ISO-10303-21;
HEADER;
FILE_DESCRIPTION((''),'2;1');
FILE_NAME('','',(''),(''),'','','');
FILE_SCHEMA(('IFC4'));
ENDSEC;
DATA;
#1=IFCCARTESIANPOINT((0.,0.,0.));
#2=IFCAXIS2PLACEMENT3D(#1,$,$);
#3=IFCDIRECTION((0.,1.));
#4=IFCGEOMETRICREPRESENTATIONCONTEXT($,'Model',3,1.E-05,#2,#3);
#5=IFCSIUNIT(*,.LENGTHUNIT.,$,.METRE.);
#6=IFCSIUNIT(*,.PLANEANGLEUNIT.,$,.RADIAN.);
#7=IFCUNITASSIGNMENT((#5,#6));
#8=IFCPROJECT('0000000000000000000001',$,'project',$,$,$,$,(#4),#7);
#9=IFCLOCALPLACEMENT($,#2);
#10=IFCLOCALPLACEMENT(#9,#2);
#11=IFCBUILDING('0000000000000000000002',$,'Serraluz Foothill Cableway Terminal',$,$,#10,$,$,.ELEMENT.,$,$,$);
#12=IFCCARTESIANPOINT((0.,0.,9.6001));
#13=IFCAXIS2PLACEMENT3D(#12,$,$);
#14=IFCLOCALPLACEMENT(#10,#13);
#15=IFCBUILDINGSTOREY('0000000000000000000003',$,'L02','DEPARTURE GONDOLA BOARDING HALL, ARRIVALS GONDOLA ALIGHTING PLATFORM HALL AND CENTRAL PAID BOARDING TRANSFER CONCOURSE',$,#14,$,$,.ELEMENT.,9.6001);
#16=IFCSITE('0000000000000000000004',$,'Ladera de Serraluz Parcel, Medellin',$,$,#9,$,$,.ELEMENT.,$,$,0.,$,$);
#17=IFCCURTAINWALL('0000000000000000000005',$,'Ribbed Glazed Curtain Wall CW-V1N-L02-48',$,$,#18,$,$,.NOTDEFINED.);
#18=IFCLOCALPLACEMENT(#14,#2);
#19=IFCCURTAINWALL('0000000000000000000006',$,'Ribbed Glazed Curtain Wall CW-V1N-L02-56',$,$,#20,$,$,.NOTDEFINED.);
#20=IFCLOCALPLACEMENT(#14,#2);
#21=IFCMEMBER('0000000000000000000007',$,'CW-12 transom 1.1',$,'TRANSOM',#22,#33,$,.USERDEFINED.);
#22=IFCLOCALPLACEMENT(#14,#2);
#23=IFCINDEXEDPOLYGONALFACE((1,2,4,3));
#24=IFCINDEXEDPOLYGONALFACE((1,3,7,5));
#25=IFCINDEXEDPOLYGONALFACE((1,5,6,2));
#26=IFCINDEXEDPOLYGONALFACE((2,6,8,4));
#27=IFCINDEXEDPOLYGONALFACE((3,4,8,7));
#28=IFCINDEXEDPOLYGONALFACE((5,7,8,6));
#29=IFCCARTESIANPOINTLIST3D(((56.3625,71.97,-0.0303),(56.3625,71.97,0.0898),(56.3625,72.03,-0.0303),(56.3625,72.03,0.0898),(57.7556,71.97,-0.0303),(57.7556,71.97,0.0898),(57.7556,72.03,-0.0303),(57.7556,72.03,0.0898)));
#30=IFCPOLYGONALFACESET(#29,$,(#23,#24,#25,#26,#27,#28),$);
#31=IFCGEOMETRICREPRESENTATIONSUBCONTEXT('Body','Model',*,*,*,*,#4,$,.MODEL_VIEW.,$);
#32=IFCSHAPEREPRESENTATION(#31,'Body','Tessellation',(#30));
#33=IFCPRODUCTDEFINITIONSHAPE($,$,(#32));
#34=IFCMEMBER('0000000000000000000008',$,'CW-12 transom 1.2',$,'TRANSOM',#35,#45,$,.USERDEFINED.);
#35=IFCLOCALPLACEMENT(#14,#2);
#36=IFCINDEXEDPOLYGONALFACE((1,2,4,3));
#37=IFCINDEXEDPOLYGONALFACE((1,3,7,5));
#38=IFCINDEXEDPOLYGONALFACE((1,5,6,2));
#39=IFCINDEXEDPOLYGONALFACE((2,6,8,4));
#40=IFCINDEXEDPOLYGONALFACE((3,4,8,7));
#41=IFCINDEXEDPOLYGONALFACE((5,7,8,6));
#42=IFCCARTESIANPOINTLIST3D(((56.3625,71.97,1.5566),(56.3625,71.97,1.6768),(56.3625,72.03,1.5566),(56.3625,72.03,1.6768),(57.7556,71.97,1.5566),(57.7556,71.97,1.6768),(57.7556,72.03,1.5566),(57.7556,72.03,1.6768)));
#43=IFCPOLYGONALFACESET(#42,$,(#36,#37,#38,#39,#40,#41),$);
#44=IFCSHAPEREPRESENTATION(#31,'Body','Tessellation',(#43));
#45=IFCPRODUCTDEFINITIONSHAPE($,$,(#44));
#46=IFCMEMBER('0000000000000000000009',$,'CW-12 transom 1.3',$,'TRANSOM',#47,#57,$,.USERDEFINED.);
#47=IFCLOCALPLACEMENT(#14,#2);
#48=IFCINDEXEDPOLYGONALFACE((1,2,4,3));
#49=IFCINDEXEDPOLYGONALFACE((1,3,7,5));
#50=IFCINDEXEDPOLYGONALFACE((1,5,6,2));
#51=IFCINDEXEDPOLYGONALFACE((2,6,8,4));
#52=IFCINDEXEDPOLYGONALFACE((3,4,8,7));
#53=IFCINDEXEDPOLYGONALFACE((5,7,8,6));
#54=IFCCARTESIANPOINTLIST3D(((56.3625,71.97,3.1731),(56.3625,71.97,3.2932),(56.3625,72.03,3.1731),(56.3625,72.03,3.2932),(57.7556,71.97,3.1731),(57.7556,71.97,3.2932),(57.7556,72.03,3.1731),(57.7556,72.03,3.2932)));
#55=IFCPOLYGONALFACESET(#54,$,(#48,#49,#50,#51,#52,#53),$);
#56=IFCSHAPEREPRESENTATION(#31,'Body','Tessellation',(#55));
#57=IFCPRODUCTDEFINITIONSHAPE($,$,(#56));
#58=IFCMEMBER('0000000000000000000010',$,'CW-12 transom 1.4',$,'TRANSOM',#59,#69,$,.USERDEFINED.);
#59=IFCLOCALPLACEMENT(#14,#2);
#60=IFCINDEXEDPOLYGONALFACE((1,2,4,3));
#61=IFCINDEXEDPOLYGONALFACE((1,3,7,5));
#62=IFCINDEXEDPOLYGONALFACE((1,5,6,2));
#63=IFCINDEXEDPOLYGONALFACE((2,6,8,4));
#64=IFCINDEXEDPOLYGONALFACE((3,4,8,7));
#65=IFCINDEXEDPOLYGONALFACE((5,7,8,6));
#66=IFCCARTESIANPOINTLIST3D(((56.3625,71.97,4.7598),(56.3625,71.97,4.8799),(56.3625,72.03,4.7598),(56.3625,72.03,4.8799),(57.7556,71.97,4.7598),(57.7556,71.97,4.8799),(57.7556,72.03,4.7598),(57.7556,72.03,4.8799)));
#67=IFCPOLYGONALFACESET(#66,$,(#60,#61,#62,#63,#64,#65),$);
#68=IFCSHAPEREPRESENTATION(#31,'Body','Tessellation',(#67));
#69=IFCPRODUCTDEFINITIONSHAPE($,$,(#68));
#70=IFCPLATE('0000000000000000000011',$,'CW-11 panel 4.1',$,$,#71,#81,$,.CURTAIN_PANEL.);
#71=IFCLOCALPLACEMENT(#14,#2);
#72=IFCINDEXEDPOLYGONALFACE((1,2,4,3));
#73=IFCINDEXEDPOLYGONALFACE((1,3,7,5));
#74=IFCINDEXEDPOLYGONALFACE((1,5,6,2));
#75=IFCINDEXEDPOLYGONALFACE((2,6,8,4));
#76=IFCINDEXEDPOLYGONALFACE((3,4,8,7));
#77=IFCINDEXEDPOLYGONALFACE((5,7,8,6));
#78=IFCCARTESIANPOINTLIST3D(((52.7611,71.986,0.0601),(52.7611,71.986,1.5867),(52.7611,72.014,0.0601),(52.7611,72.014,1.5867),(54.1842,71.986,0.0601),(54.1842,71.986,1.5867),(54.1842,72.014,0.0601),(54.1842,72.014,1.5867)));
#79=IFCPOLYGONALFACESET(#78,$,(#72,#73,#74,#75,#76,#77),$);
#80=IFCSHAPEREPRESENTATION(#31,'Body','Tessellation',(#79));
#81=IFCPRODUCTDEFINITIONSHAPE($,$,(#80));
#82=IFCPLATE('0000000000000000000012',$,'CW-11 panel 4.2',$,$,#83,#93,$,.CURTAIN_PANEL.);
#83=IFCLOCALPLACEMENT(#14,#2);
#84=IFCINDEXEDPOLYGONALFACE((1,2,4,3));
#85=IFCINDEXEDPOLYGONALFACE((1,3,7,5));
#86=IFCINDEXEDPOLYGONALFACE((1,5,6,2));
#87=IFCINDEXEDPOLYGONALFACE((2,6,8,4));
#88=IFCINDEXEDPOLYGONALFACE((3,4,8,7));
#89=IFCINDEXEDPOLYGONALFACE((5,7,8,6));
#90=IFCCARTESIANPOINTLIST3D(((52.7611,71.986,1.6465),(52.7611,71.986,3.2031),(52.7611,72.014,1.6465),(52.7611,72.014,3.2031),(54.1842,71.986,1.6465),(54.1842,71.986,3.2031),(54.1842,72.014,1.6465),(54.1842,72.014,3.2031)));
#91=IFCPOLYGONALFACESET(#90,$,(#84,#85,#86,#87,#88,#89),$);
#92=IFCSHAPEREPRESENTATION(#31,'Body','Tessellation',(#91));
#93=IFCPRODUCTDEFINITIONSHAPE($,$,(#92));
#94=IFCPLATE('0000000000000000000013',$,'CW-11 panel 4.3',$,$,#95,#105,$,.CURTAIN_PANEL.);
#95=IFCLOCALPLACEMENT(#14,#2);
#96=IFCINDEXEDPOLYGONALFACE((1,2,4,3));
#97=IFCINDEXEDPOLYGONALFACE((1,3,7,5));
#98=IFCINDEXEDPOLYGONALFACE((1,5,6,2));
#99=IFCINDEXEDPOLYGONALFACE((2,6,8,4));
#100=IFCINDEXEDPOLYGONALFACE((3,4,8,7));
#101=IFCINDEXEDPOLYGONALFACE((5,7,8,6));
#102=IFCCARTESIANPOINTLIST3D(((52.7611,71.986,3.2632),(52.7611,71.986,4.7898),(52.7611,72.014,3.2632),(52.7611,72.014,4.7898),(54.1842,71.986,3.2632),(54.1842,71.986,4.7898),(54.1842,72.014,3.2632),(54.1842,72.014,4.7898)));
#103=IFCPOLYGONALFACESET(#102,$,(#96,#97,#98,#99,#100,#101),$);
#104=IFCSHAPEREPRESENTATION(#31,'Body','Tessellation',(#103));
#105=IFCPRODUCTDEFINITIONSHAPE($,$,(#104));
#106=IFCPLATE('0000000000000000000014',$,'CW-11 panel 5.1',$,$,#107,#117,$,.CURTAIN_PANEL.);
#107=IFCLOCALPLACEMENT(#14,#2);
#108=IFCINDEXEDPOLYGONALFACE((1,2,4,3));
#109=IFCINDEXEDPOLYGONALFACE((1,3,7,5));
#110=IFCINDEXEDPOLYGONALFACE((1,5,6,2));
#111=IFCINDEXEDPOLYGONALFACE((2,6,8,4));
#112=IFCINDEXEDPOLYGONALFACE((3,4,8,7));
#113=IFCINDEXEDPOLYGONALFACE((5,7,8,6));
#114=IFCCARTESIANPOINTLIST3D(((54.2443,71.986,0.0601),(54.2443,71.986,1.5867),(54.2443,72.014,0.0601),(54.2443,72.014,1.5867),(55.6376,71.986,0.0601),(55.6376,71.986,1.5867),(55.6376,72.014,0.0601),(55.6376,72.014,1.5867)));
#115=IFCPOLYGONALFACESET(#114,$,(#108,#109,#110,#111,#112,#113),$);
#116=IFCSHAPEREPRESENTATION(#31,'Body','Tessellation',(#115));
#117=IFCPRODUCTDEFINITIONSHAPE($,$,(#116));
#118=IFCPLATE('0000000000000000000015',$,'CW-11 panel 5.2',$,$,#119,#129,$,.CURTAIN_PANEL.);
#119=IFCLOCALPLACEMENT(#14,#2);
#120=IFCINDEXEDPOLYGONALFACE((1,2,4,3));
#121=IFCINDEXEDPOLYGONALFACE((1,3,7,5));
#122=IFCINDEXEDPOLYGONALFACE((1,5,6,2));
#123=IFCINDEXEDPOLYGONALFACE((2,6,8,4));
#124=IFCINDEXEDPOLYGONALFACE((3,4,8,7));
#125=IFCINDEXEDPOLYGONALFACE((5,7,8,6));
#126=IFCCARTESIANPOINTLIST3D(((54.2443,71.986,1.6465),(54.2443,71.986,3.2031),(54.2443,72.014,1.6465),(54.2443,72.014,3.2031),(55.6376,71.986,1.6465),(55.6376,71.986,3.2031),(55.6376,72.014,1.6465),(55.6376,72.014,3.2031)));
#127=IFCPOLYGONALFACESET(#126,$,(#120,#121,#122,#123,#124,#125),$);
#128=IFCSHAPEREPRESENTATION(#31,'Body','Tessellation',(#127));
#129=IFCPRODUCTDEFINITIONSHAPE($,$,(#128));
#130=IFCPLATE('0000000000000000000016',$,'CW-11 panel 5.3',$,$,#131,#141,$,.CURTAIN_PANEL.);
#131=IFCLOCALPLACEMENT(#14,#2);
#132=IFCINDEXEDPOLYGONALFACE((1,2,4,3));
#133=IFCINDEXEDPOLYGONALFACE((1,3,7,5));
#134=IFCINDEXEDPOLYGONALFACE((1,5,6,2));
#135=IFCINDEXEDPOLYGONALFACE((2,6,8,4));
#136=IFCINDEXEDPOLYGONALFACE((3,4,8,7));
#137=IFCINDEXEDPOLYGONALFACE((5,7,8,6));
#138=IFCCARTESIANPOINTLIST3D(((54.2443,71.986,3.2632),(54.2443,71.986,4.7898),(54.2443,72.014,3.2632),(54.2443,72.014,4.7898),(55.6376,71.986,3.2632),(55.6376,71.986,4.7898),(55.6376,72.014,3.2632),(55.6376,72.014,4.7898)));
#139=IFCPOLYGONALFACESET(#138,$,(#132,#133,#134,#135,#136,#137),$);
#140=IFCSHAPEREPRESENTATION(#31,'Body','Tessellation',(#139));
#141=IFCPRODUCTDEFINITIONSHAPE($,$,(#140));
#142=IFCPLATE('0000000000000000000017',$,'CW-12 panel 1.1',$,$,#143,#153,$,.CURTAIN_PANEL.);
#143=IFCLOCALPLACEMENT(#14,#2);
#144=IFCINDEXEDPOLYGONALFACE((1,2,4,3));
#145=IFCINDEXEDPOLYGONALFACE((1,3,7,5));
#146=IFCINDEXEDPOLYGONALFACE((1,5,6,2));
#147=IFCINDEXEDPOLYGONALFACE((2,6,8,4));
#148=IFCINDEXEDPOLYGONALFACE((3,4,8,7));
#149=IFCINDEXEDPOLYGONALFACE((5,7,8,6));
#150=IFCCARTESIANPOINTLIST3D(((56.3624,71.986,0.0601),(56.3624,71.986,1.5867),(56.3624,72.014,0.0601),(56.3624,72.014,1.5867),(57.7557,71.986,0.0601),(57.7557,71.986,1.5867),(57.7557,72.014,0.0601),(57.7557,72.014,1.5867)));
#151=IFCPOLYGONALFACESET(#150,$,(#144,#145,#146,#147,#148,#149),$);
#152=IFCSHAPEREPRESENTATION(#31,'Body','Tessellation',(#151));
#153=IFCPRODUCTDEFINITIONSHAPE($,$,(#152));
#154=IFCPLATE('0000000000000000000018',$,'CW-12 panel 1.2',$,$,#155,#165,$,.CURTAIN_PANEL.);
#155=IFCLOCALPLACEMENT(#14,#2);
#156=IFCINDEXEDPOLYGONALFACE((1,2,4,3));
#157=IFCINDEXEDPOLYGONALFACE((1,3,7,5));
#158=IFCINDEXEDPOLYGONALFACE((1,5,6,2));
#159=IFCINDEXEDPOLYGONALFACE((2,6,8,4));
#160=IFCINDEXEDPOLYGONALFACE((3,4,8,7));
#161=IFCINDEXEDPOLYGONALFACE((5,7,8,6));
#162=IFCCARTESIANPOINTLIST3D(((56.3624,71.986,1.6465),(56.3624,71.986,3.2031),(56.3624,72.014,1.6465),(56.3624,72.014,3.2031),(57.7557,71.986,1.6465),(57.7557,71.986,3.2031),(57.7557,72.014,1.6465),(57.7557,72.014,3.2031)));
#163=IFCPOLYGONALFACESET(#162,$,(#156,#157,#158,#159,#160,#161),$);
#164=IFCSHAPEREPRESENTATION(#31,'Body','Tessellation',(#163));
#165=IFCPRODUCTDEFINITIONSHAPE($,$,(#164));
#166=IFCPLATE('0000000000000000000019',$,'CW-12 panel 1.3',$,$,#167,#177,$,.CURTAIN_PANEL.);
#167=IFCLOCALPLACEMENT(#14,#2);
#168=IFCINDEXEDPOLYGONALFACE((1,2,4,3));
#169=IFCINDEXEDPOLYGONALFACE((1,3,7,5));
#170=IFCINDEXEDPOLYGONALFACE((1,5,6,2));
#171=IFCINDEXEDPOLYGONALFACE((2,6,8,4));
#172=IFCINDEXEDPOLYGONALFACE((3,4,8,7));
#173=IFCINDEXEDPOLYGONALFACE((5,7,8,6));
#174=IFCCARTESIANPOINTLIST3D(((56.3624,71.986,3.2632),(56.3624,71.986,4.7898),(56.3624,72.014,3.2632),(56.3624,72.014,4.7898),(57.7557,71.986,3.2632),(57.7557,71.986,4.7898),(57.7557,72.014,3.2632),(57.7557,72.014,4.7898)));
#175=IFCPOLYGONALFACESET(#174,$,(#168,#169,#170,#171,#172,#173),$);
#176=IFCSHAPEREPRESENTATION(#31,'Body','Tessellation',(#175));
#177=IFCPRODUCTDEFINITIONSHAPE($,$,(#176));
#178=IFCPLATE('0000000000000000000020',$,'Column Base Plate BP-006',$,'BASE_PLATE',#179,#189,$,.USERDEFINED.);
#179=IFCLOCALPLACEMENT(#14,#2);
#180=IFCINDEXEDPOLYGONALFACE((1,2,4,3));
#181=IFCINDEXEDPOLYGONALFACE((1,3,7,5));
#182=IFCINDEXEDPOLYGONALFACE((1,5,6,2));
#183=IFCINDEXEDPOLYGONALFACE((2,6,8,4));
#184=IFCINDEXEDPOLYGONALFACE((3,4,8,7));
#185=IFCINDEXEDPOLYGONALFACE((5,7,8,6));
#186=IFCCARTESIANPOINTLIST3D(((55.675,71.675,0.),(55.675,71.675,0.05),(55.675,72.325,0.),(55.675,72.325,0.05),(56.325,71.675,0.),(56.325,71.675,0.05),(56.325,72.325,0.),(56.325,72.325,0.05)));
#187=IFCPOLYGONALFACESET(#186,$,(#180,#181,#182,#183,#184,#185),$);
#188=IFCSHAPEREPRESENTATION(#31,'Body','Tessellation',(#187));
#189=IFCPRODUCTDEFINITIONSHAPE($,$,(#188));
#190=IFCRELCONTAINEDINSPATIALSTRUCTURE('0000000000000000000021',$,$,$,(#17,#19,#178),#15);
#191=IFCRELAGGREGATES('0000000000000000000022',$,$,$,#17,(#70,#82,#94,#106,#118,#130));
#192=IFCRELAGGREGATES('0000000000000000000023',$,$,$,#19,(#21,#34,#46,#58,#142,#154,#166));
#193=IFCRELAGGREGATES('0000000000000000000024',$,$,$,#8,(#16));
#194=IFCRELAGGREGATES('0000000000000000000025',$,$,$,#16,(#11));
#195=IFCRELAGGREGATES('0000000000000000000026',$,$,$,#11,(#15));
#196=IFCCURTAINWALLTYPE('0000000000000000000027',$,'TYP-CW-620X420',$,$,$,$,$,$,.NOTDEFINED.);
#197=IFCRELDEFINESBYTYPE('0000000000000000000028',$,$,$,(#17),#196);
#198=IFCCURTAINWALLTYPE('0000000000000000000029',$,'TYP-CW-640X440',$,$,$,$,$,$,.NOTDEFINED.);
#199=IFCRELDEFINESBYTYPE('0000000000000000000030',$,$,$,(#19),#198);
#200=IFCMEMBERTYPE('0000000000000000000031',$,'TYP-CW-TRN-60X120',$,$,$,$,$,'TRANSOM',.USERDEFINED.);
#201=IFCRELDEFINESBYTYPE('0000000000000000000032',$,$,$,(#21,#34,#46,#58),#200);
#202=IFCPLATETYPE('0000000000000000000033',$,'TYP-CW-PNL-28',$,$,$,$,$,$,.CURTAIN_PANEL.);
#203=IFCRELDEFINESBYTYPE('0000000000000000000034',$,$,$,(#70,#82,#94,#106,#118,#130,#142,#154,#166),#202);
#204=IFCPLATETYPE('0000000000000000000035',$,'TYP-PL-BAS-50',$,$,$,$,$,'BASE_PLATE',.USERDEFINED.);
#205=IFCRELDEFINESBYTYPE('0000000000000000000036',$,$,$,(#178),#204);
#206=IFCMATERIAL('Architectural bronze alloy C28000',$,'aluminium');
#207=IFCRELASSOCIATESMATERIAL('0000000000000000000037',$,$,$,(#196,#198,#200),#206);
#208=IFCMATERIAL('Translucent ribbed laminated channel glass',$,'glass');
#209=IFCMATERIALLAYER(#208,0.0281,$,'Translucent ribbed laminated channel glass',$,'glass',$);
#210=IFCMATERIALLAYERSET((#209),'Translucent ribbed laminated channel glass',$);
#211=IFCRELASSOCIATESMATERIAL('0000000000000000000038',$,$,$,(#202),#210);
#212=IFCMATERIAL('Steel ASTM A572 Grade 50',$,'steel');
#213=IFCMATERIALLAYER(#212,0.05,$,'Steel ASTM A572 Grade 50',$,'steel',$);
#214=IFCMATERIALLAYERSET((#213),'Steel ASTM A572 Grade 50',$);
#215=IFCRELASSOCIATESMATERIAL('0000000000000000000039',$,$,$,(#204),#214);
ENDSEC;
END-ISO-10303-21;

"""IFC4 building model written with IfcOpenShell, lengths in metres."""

from ifc_helpers import new_model, si_unit, direction, frame, origin, origin_2d, place, context, subcontext, project, spatial, rectangle, extrude, material, layer, layer_set, material_profile, profile_set, type_object, element, aggregate, save


model = new_model("IFC4")

# Units and contexts
model_context = context("Model", 3, precision=1e-05, world=origin(), true_north=direction((0.0, 1.0)))
body_context = subcontext(model_context, "Body", "Model", "MODEL_VIEW")
ifc_project = project(units=[si_unit("LENGTHUNIT", "METRE"), si_unit("PLANEANGLEUNIT", "RADIAN")], contexts=[model_context])

# Site, building, storey
site_placement = place(None, origin())
site = spatial("IfcSite", under=ifc_project, at=site_placement, Name="Ladera de Serraluz Parcel, Medellin", CompositionType="ELEMENT", RefElevation=0.0)
building_placement = place(site_placement, origin())
building = spatial("IfcBuilding", under=site, at=building_placement, Name="Serraluz Foothill Cableway Terminal", CompositionType="ELEMENT")
storey_placement = place(building_placement, frame((0.0, 0.0, 9.6001)))
storey = spatial("IfcBuildingStorey", under=building, at=storey_placement, Name="L02", Description="DEPARTURE GONDOLA BOARDING HALL, ARRIVALS GONDOLA ALIGHTING PLATFORM HALL AND CENTRAL PAID BOARDING TRANSFER CONCOURSE", CompositionType="ELEMENT", Elevation=9.6001)

# Curtain wall
ifc_material_1 = material(Name="Architectural bronze alloy C28000", Category="aluminium")
curtain_wall_type_1 = type_object("IfcCurtainWallType", Name="TYP-CW-620X420", PredefinedType="NOTDEFINED", material=ifc_material_1)
curtain_wall_1_placement = place(storey_placement, origin())
curtain_wall_1 = element("IfcCurtainWall", 1, at=curtain_wall_1_placement, inside=storey, type_object=curtain_wall_type_1, Name="Ribbed Glazed Curtain Wall CW-V1N-L02-48", PredefinedType="NOTDEFINED")

# Curtain wall
curtain_wall_type_2 = type_object("IfcCurtainWallType", Name="TYP-CW-640X440", PredefinedType="NOTDEFINED", material=ifc_material_1)
curtain_wall_2_placement = place(storey_placement, origin())
curtain_wall_2 = element("IfcCurtainWall", 2, at=curtain_wall_2_placement, inside=storey, type_object=curtain_wall_type_2, Name="Ribbed Glazed Curtain Wall CW-V1N-L02-56", PredefinedType="NOTDEFINED")

# Members
ifc_material_profile_1 = material_profile(ifc_material_1, rectangle(XDim=0.0601, YDim=0.1201, at=origin_2d()), Name="ALU TRANSOM 60x120")
ifc_profile_set_1 = profile_set([ifc_material_profile_1], Name="Architectural bronze alloy C28000")
member_type_1 = type_object("IfcMemberType", Name="TYP-CW-TRN-60X120", ElementType="TRANSOM", PredefinedType="USERDEFINED", material=ifc_profile_set_1)
member_1_placement = place(storey_placement, frame((56.3625, 72.0, 0.0298), z_axis=(1.0, 0.0, 0.0), x_axis=(0.0, 1.0, 0.0)))
member_1 = element("IfcMember", 3, at=member_1_placement, type_object=member_type_1, Name="CW-12 transom 1.1", ObjectType="TRANSOM", PredefinedType="USERDEFINED", context=body_context, shape_type="SweptSolid", body=[
    extrude(rectangle(XDim=0.0601, YDim=0.1201, at=origin_2d()), origin(), (0.0, 0.0, 1.0), 1.3931),
])
member_2_placement = place(storey_placement, frame((56.3625, 72.0, 1.6167), z_axis=(1.0, 0.0, 0.0), x_axis=(0.0, 1.0, 0.0)))
member_2 = element("IfcMember", 4, at=member_2_placement, type_object=member_type_1, Name="CW-12 transom 1.2", ObjectType="TRANSOM", PredefinedType="USERDEFINED", context=body_context, shape_type="SweptSolid", body=[
    extrude(rectangle(XDim=0.0601, YDim=0.1201, at=origin_2d()), origin(), (0.0, 0.0, 1.0), 1.3931),
])
member_3_placement = place(storey_placement, frame((56.3625, 72.0, 3.2332), z_axis=(1.0, 0.0, 0.0), x_axis=(0.0, 1.0, 0.0)))
member_3 = element("IfcMember", 5, at=member_3_placement, type_object=member_type_1, Name="CW-12 transom 1.3", ObjectType="TRANSOM", PredefinedType="USERDEFINED", context=body_context, shape_type="SweptSolid", body=[
    extrude(rectangle(XDim=0.0601, YDim=0.1201, at=origin_2d()), origin(), (0.0, 0.0, 1.0), 1.3931),
])
member_4_placement = place(storey_placement, frame((56.3625, 72.0, 4.8198), z_axis=(1.0, 0.0, 0.0), x_axis=(0.0, 1.0, 0.0)))
member_4 = element("IfcMember", 6, at=member_4_placement, type_object=member_type_1, Name="CW-12 transom 1.4", ObjectType="TRANSOM", PredefinedType="USERDEFINED", context=body_context, shape_type="SweptSolid", body=[
    extrude(rectangle(XDim=0.0601, YDim=0.1201, at=origin_2d()), origin(), (0.0, 0.0, 1.0), 1.3931),
])

# Plates
ifc_material_2 = material(Name="Translucent ribbed laminated channel glass", Category="glass")
ifc_layer_1 = layer(ifc_material_2, 0.0281, Name="Translucent ribbed laminated channel glass", Category="glass")
ifc_layer_set_1 = layer_set([ifc_layer_1], Name="Translucent ribbed laminated channel glass")
plate_type_1 = type_object("IfcPlateType", Name="TYP-CW-PNL-28", PredefinedType="CURTAIN_PANEL", material=ifc_layer_set_1)
plate_1_placement = place(storey_placement, frame((53.4727, 72.0, 0.0601), z_axis=(0.0, 0.0, 1.0), x_axis=(1.0, 0.0, 0.0)))
plate_1 = element("IfcPlate", 7, at=plate_1_placement, type_object=plate_type_1, Name="CW-11 panel 4.1", PredefinedType="CURTAIN_PANEL", context=body_context, shape_type="SweptSolid", body=[
    extrude(rectangle(XDim=1.4231, YDim=0.0281, at=origin_2d()), origin(), (0.0, 0.0, 1.0), 1.5266),
])
plate_2_placement = place(storey_placement, frame((53.4727, 72.0, 1.6465), z_axis=(0.0, 0.0, 1.0), x_axis=(1.0, 0.0, 0.0)))
plate_2 = element("IfcPlate", 8, at=plate_2_placement, type_object=plate_type_1, Name="CW-11 panel 4.2", PredefinedType="CURTAIN_PANEL", context=body_context, shape_type="SweptSolid", body=[
    extrude(rectangle(XDim=1.4231, YDim=0.0281, at=origin_2d()), origin(), (0.0, 0.0, 1.0), 1.5566),
])
plate_3_placement = place(storey_placement, frame((53.4727, 72.0, 3.2632), z_axis=(0.0, 0.0, 1.0), x_axis=(1.0, 0.0, 0.0)))
plate_3 = element("IfcPlate", 9, at=plate_3_placement, type_object=plate_type_1, Name="CW-11 panel 4.3", PredefinedType="CURTAIN_PANEL", context=body_context, shape_type="SweptSolid", body=[
    extrude(rectangle(XDim=1.4231, YDim=0.0281, at=origin_2d()), origin(), (0.0, 0.0, 1.0), 1.5266),
])
plate_4_placement = place(storey_placement, frame((54.9409, 72.0, 0.0601), z_axis=(0.0, 0.0, 1.0), x_axis=(1.0, 0.0, 0.0)))
plate_4 = element("IfcPlate", 10, at=plate_4_placement, type_object=plate_type_1, Name="CW-11 panel 5.1", PredefinedType="CURTAIN_PANEL", context=body_context, shape_type="SweptSolid", body=[
    extrude(rectangle(XDim=1.3933, YDim=0.0281, at=origin_2d()), origin(), (0.0, 0.0, 1.0), 1.5266),
])
plate_5_placement = place(storey_placement, frame((54.9409, 72.0, 1.6465), z_axis=(0.0, 0.0, 1.0), x_axis=(1.0, 0.0, 0.0)))
plate_5 = element("IfcPlate", 11, at=plate_5_placement, type_object=plate_type_1, Name="CW-11 panel 5.2", PredefinedType="CURTAIN_PANEL", context=body_context, shape_type="SweptSolid", body=[
    extrude(rectangle(XDim=1.3933, YDim=0.0281, at=origin_2d()), origin(), (0.0, 0.0, 1.0), 1.5566),
])
plate_6_placement = place(storey_placement, frame((54.9409, 72.0, 3.2632), z_axis=(0.0, 0.0, 1.0), x_axis=(1.0, 0.0, 0.0)))
plate_6 = element("IfcPlate", 12, at=plate_6_placement, type_object=plate_type_1, Name="CW-11 panel 5.3", PredefinedType="CURTAIN_PANEL", context=body_context, shape_type="SweptSolid", body=[
    extrude(rectangle(XDim=1.3933, YDim=0.0281, at=origin_2d()), origin(), (0.0, 0.0, 1.0), 1.5266),
])
aggregate(curtain_wall_1, [plate_1, plate_2, plate_3, plate_4, plate_5, plate_6])
plate_7_placement = place(storey_placement, frame((57.0591, 72.0, 0.0601), z_axis=(0.0, 0.0, 1.0), x_axis=(1.0, 0.0, 0.0)))
plate_7 = element("IfcPlate", 13, at=plate_7_placement, type_object=plate_type_1, Name="CW-12 panel 1.1", PredefinedType="CURTAIN_PANEL", context=body_context, shape_type="SweptSolid", body=[
    extrude(rectangle(XDim=1.3933, YDim=0.0281, at=origin_2d()), origin(), (0.0, 0.0, 1.0), 1.5266),
])
plate_8_placement = place(storey_placement, frame((57.0591, 72.0, 1.6465), z_axis=(0.0, 0.0, 1.0), x_axis=(1.0, 0.0, 0.0)))
plate_8 = element("IfcPlate", 14, at=plate_8_placement, type_object=plate_type_1, Name="CW-12 panel 1.2", PredefinedType="CURTAIN_PANEL", context=body_context, shape_type="SweptSolid", body=[
    extrude(rectangle(XDim=1.3933, YDim=0.0281, at=origin_2d()), origin(), (0.0, 0.0, 1.0), 1.5566),
])
plate_9_placement = place(storey_placement, frame((57.0591, 72.0, 3.2632), z_axis=(0.0, 0.0, 1.0), x_axis=(1.0, 0.0, 0.0)))
plate_9 = element("IfcPlate", 15, at=plate_9_placement, type_object=plate_type_1, Name="CW-12 panel 1.3", PredefinedType="CURTAIN_PANEL", context=body_context, shape_type="SweptSolid", body=[
    extrude(rectangle(XDim=1.3933, YDim=0.0281, at=origin_2d()), origin(), (0.0, 0.0, 1.0), 1.5266),
])
aggregate(curtain_wall_2, [member_1, member_2, member_3, member_4, plate_7, plate_8, plate_9])
ifc_material_3 = material(Name="Steel ASTM A572 Grade 50", Category="steel")
ifc_layer_2 = layer(ifc_material_3, 0.05, Name="Steel ASTM A572 Grade 50", Category="steel")
ifc_layer_set_2 = layer_set([ifc_layer_2], Name="Steel ASTM A572 Grade 50")
plate_type_2 = type_object("IfcPlateType", Name="TYP-PL-BAS-50", ElementType="BASE_PLATE", PredefinedType="USERDEFINED", material=ifc_layer_set_2)
plate_10_placement = place(storey_placement, frame((56.0, 72.0, 0.0), z_axis=(0.0, 0.0, 1.0), x_axis=(1.0, 0.0, 0.0)))
element("IfcPlate", 16, at=plate_10_placement, inside=storey, type_object=plate_type_2, Name="Column Base Plate BP-006", ObjectType="BASE_PLATE", PredefinedType="USERDEFINED", context=body_context, shape_type="SweptSolid", body=[
    extrude(rectangle(XDim=0.6499, YDim=0.6499, at=origin_2d()), origin(), (0.0, 0.0, 1.0), 0.05),
])

save(model, "model.ifc")
